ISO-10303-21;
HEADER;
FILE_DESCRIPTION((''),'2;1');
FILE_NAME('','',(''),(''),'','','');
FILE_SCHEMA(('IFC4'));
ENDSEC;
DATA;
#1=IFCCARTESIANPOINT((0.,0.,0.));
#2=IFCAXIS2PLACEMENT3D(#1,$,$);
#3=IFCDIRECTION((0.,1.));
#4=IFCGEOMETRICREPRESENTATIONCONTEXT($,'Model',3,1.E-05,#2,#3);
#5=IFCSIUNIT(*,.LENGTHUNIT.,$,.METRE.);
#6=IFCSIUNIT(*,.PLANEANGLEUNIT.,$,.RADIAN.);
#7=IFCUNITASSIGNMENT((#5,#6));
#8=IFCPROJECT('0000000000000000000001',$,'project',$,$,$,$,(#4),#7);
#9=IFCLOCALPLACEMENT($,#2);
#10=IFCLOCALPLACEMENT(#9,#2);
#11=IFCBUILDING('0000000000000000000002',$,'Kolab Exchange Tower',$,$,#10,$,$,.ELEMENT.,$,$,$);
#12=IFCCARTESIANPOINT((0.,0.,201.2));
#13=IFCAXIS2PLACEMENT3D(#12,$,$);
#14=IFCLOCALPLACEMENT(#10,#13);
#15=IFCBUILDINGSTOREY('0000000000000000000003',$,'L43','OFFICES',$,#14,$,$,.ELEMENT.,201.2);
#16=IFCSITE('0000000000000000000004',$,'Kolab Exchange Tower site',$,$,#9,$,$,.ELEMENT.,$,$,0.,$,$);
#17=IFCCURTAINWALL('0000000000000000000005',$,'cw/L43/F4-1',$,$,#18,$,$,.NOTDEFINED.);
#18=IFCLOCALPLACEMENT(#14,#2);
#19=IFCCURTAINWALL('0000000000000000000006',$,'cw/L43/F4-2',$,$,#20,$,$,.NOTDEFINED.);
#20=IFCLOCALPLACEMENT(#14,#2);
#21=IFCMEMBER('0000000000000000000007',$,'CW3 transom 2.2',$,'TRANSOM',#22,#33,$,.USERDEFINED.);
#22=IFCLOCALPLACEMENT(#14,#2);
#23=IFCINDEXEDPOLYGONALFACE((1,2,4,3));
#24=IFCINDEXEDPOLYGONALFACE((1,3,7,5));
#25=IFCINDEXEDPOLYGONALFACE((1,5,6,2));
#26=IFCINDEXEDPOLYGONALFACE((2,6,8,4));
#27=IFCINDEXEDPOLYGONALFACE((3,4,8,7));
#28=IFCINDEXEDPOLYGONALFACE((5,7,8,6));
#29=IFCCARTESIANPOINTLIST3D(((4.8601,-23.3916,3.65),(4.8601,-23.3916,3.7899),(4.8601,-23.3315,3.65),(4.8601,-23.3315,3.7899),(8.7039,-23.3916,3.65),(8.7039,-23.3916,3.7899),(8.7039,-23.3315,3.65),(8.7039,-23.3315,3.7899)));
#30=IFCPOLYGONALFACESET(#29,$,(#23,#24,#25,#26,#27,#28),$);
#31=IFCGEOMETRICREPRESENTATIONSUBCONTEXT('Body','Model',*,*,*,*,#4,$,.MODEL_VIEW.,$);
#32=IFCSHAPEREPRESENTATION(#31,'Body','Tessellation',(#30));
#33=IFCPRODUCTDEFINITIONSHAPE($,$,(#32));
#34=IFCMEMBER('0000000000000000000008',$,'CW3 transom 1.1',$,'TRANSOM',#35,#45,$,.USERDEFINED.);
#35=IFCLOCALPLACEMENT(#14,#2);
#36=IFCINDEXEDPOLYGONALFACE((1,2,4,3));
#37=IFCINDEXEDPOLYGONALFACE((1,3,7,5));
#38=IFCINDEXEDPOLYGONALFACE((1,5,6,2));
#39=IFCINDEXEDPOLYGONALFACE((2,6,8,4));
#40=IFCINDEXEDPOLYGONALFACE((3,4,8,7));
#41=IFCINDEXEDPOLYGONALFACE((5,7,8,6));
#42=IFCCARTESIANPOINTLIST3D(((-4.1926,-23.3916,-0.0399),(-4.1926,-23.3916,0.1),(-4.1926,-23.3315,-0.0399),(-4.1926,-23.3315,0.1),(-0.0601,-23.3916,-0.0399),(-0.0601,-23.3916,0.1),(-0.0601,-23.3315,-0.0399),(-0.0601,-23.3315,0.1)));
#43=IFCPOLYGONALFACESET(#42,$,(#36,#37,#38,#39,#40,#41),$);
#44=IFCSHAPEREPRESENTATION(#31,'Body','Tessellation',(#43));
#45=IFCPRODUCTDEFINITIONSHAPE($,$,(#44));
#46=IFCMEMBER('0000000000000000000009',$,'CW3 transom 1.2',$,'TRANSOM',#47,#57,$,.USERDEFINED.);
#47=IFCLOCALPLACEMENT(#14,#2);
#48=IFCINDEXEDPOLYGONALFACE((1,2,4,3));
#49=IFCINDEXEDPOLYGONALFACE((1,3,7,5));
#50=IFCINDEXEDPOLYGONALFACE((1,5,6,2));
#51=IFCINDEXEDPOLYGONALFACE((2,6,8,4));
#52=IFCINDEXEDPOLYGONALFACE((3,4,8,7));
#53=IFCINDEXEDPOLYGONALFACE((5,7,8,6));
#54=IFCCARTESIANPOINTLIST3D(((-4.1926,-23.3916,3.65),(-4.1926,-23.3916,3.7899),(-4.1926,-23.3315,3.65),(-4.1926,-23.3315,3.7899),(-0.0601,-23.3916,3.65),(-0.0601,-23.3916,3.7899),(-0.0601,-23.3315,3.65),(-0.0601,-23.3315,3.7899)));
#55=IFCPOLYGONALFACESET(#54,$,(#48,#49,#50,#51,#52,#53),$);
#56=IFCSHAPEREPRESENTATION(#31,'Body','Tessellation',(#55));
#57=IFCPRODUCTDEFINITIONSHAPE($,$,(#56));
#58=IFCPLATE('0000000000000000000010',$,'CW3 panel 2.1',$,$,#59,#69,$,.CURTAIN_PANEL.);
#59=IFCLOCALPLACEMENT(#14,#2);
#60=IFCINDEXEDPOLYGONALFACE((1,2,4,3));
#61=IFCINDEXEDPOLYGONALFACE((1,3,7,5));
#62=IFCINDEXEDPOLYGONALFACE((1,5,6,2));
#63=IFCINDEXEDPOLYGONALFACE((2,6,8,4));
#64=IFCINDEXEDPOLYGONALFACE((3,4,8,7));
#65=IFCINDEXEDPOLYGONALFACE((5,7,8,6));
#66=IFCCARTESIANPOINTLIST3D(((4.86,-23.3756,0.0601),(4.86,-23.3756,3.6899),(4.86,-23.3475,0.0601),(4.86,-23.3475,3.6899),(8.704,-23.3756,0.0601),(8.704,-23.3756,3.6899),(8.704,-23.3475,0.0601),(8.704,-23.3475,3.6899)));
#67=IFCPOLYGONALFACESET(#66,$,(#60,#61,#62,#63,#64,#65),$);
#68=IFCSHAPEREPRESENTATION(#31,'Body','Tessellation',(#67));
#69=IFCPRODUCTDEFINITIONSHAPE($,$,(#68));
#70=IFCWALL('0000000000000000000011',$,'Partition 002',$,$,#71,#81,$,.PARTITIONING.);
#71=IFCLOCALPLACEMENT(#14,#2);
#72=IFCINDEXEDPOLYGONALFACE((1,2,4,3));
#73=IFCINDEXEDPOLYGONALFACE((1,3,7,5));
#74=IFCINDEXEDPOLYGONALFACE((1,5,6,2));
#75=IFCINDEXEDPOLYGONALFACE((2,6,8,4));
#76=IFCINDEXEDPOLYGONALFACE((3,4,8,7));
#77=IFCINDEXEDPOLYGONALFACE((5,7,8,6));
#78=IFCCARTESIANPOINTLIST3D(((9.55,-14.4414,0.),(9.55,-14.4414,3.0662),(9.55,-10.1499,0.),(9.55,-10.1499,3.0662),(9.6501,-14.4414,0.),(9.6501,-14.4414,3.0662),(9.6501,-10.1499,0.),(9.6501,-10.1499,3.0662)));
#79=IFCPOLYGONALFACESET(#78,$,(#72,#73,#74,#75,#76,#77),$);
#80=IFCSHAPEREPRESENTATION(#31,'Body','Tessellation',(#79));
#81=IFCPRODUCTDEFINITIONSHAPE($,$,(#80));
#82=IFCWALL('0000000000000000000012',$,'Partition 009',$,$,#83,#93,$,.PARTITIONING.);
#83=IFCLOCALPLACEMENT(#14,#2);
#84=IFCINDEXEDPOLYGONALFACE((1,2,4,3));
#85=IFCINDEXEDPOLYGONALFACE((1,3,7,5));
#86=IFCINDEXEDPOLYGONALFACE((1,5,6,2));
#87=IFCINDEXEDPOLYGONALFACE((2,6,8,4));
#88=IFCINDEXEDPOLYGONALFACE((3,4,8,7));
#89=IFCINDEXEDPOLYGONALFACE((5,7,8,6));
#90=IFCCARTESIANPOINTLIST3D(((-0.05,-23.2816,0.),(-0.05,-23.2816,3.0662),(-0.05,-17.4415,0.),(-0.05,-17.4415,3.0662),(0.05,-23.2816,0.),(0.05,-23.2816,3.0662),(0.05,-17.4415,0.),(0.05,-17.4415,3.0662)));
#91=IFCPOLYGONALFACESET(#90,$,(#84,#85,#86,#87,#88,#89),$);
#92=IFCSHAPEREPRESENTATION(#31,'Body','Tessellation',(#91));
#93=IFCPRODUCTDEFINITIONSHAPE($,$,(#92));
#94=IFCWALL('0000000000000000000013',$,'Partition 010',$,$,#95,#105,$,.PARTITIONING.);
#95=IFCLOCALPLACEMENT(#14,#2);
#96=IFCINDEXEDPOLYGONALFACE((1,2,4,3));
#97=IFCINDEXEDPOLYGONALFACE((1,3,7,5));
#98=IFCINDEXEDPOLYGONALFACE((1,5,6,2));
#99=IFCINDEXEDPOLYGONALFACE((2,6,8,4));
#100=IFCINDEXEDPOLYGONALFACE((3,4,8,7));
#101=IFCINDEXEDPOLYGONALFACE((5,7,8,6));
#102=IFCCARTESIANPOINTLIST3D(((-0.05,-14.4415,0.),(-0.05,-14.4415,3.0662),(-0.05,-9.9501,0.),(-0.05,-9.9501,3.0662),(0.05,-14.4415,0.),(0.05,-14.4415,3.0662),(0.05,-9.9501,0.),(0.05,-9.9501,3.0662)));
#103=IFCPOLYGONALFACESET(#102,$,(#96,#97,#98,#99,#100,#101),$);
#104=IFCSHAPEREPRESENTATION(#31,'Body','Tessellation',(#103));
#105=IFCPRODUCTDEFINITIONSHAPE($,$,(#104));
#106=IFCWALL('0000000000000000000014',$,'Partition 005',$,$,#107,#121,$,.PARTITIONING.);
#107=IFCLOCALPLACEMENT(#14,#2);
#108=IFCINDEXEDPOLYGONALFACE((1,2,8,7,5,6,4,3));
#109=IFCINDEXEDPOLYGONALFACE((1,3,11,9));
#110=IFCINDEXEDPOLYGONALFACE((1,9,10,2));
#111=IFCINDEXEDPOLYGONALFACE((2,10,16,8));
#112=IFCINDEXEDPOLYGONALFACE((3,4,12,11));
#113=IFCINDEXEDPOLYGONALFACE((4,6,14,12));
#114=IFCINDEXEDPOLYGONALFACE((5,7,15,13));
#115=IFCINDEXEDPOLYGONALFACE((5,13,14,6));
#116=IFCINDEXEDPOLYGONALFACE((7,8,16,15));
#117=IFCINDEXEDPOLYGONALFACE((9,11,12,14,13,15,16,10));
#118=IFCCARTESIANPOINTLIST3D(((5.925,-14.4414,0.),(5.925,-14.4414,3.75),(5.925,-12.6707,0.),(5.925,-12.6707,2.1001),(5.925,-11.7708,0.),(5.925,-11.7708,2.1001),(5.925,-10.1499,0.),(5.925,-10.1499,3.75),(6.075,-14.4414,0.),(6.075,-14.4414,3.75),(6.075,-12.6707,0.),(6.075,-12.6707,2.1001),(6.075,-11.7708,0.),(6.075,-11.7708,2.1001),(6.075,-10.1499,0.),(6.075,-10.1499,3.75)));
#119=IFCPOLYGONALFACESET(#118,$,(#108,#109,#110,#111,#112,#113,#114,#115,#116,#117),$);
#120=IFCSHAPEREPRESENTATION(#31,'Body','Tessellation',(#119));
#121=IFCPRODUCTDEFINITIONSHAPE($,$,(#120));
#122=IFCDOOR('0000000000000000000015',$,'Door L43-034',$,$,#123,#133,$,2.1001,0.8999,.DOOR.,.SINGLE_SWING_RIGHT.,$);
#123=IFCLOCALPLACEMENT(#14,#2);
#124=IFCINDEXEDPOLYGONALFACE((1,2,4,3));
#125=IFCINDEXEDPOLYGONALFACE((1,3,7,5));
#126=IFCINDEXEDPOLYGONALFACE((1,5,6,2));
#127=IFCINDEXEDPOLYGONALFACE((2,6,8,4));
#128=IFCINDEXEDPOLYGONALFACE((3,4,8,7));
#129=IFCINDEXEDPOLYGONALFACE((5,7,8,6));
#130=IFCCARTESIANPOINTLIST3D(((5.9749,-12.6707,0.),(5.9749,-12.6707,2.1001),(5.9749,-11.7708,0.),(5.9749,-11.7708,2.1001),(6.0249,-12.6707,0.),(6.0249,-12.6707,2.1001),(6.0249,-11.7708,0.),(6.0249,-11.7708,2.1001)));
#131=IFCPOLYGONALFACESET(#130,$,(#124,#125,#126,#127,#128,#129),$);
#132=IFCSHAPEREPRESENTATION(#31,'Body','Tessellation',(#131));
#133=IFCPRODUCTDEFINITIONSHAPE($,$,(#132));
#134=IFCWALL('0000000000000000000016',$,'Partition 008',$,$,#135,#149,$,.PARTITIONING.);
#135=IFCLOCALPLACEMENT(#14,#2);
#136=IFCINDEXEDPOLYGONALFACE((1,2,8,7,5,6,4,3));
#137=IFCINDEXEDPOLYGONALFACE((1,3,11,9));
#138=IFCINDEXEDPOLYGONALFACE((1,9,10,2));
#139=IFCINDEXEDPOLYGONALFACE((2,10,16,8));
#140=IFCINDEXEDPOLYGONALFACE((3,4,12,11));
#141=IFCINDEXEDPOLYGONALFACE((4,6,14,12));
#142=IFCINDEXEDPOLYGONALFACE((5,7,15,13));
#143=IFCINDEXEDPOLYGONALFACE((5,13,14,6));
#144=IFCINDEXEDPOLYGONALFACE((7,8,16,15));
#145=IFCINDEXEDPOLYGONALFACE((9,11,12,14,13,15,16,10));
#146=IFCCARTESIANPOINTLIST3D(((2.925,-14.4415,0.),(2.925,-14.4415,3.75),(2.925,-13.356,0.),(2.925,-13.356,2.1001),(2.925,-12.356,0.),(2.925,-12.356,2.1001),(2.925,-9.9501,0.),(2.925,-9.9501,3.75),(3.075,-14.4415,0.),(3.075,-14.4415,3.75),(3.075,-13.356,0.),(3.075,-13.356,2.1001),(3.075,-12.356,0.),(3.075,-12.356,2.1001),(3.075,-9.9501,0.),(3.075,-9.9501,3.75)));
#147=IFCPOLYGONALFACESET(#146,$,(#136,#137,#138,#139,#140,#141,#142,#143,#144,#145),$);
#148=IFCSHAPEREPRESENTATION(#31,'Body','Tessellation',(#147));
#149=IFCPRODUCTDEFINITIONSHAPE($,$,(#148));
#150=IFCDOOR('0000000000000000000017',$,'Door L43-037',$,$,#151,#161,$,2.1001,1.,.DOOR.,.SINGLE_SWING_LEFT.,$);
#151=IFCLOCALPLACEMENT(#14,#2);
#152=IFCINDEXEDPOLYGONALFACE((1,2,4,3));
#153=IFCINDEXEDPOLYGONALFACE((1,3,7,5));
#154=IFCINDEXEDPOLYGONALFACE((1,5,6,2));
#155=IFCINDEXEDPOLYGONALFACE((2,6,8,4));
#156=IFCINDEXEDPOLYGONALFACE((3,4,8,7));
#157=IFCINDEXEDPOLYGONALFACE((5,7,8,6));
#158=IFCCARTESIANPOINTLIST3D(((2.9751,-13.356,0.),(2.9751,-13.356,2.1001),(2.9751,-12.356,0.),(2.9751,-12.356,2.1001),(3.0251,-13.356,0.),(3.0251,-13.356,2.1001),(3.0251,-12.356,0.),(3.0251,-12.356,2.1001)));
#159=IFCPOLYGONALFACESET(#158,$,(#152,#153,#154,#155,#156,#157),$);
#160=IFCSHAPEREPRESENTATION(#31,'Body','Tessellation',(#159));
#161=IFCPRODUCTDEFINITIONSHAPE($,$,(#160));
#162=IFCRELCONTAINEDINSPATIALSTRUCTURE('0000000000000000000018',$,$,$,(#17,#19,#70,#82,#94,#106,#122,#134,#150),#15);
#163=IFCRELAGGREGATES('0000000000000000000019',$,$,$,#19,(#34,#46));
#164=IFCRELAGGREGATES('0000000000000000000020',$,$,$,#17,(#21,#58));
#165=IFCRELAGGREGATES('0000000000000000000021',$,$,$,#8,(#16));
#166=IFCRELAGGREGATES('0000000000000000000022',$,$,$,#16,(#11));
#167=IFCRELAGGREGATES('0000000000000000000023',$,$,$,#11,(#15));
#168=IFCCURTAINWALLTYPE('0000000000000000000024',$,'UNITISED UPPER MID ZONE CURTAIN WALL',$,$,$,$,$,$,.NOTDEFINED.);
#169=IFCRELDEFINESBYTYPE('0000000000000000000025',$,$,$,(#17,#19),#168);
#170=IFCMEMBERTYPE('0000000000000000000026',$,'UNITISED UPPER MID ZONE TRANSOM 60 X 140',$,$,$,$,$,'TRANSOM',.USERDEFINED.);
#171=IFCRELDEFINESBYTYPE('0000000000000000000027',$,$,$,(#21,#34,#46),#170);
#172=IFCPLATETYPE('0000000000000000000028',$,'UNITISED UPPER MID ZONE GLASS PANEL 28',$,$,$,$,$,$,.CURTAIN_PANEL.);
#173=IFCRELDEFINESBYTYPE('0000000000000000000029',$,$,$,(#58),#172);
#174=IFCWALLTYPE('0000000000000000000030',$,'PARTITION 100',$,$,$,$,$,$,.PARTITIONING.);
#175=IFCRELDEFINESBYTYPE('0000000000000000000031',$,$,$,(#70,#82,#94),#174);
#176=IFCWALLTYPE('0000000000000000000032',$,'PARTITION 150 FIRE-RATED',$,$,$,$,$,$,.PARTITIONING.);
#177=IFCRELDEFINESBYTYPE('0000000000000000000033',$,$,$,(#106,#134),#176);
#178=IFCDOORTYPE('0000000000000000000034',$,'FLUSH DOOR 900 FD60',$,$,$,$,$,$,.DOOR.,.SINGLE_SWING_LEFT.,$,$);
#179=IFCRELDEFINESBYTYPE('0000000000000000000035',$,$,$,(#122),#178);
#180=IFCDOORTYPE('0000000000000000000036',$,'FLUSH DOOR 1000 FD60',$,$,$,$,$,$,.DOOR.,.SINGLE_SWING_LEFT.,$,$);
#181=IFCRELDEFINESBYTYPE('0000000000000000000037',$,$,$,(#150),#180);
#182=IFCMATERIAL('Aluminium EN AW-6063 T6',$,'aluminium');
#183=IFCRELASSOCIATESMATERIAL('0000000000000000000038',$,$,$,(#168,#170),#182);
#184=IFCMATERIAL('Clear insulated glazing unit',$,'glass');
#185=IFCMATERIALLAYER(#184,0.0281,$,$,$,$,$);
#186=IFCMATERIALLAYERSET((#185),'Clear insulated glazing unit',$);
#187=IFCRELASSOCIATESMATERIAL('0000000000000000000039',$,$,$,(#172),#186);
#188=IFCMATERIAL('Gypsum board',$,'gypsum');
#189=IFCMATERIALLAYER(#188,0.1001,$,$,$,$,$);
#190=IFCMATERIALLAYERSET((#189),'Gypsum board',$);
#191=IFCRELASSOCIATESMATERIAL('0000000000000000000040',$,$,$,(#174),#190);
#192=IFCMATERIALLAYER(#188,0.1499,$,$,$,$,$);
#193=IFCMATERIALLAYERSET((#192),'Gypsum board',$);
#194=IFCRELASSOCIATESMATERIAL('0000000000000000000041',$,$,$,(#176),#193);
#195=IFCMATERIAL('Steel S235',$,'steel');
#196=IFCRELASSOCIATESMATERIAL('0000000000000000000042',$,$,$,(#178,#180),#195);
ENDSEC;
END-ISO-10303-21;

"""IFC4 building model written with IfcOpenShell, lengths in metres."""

from ifc_helpers import new_model, si_unit, direction, frame, frame_2d, origin, origin_2d, place, context, subcontext, project, spatial, rectangle, extrude, material, layer, layer_set, material_profile, profile_set, type_object, element, fill, aggregate, save


model = new_model("IFC4")

# Units and contexts
model_context = context("Model", 3, precision=1e-05, world=origin(), true_north=direction((0.0, 1.0)))
body_context = subcontext(model_context, "Body", "Model", "MODEL_VIEW")
ifc_project = project(units=[si_unit("LENGTHUNIT", "METRE"), si_unit("PLANEANGLEUNIT", "RADIAN")], contexts=[model_context])

# Site, building, storey
site_placement = place(None, origin())
site = spatial("IfcSite", under=ifc_project, at=site_placement, Name="Kolab Exchange Tower site", CompositionType="ELEMENT", RefElevation=0.0)
building_placement = place(site_placement, origin())
building = spatial("IfcBuilding", under=site, at=building_placement, Name="Kolab Exchange Tower", CompositionType="ELEMENT")
storey_placement = place(building_placement, frame((0.0, 0.0, 201.2)))
storey = spatial("IfcBuildingStorey", under=building, at=storey_placement, Name="L43", Description="OFFICES", CompositionType="ELEMENT", Elevation=201.2)

# Curtain wall
ifc_material_1 = material(Name="Aluminium EN AW-6063 T6", Category="aluminium")
curtain_wall_type = type_object("IfcCurtainWallType", Name="UNITISED UPPER MID ZONE CURTAIN WALL", PredefinedType="NOTDEFINED", material=ifc_material_1)
curtain_wall_1_placement = place(storey_placement, origin())
curtain_wall_1 = element("IfcCurtainWall", 1, at=curtain_wall_1_placement, inside=storey, type_object=curtain_wall_type, Name="cw/L43/F4-1", PredefinedType="NOTDEFINED")

# Curtain wall
curtain_wall_2_placement = place(storey_placement, origin())
curtain_wall_2 = element("IfcCurtainWall", 2, at=curtain_wall_2_placement, inside=storey, type_object=curtain_wall_type, Name="cw/L43/F4-2", PredefinedType="NOTDEFINED")

# Members
ifc_material_profile_1 = material_profile(ifc_material_1, rectangle(XDim=0.0601, YDim=0.1399, at=origin_2d()), Name="RECT 60X140")
ifc_profile_set_1 = profile_set([ifc_material_profile_1], Name="Aluminium EN AW-6063 T6")
member_type_1 = type_object("IfcMemberType", Name="UNITISED UPPER MID ZONE TRANSOM 60 X 140", ElementType="TRANSOM", PredefinedType="USERDEFINED", material=ifc_profile_set_1)
member_1_placement = place(storey_placement, frame((8.7039, -23.3616, 3.72), z_axis=(-1.0, 0.0, 0.0), x_axis=(0.0, -1.0, 0.0)))
member_1 = element("IfcMember", 3, at=member_1_placement, type_object=member_type_1, Name="CW3 transom 2.2", ObjectType="TRANSOM", PredefinedType="USERDEFINED", context=body_context, shape_type="SweptSolid", body=[
    extrude(rectangle(XDim=0.0601, YDim=0.1399, at=origin_2d()), origin(), (0.0, 0.0, 1.0), 3.8438),
])
member_2_placement = place(storey_placement, frame((-0.0601, -23.3616, 0.03), z_axis=(-1.0, 0.0, 0.0), x_axis=(0.0, -1.0, 0.0)))
member_2 = element("IfcMember", 4, at=member_2_placement, type_object=member_type_1, Name="CW3 transom 1.1", ObjectType="TRANSOM", PredefinedType="USERDEFINED", context=body_context, shape_type="SweptSolid", body=[
    extrude(rectangle(XDim=0.0601, YDim=0.1399, at=origin_2d()), origin(), (0.0, 0.0, 1.0), 4.1326),
])
member_3_placement = place(storey_placement, frame((-0.0601, -23.3616, 3.72), z_axis=(-1.0, 0.0, 0.0), x_axis=(0.0, -1.0, 0.0)))
member_3 = element("IfcMember", 5, at=member_3_placement, type_object=member_type_1, Name="CW3 transom 1.2", ObjectType="TRANSOM", PredefinedType="USERDEFINED", context=body_context, shape_type="SweptSolid", body=[
    extrude(rectangle(XDim=0.0601, YDim=0.1399, at=origin_2d()), origin(), (0.0, 0.0, 1.0), 4.1326),
])
aggregate(curtain_wall_2, [member_2, member_3])

# Plate
ifc_material_2 = material(Name="Clear insulated glazing unit", Category="glass")
ifc_layer_1 = layer(ifc_material_2, 0.0281)
ifc_layer_set_1 = layer_set([ifc_layer_1], Name="Clear insulated glazing unit")
plate_type = type_object("IfcPlateType", Name="UNITISED UPPER MID ZONE GLASS PANEL 28", PredefinedType="CURTAIN_PANEL", material=ifc_layer_set_1)
plate_placement = place(storey_placement, frame((6.782, -23.3616, 0.0601), z_axis=(0.0, 0.0, 1.0), x_axis=(-1.0, 0.0, 0.0)))
plate = element("IfcPlate", 6, at=plate_placement, type_object=plate_type, Name="CW3 panel 2.1", PredefinedType="CURTAIN_PANEL", context=body_context, shape_type="SweptSolid", body=[
    extrude(rectangle(XDim=3.844, YDim=0.0281, at=origin_2d()), origin(), (0.0, 0.0, 1.0), 3.6299),
])
aggregate(curtain_wall_1, [member_1, plate])

# Walls
ifc_material_3 = material(Name="Gypsum board", Category="gypsum")
ifc_layer_2 = layer(ifc_material_3, 0.1001)
ifc_layer_set_2 = layer_set([ifc_layer_2], Name="Gypsum board")
wall_type_1 = type_object("IfcWallType", Name="PARTITION 100", PredefinedType="PARTITIONING", material=ifc_layer_set_2)
wall_1_placement = place(storey_placement, frame((9.6001, -14.4414, 0.0), z_axis=(0.0, 0.0, 1.0), x_axis=(0.0, 1.0, 0.0)))
element("IfcWall", 7, at=wall_1_placement, inside=storey, type_object=wall_type_1, Name="Partition 002", PredefinedType="PARTITIONING", context=body_context, shape_type="SweptSolid", body=[
    extrude(rectangle(XDim=4.2915, YDim=0.1001, at=frame_2d((2.1458, 0.0))), origin(), (0.0, 0.0, 1.0), 3.0662),
])
wall_2_placement = place(storey_placement, frame((0.0, -23.2815, 0.0), z_axis=(0.0, 0.0, 1.0), x_axis=(0.0, 1.0, 0.0)))
element("IfcWall", 8, at=wall_2_placement, inside=storey, type_object=wall_type_1, Name="Partition 009", PredefinedType="PARTITIONING", context=body_context, shape_type="SweptSolid", body=[
    extrude(rectangle(XDim=5.8401, YDim=0.1001, at=frame_2d((2.9199, 0.0))), origin(), (0.0, 0.0, 1.0), 3.0662),
])
wall_3_placement = place(storey_placement, frame((0.0, -14.4414, 0.0), z_axis=(0.0, 0.0, 1.0), x_axis=(0.0, 1.0, 0.0)))
element("IfcWall", 9, at=wall_3_placement, inside=storey, type_object=wall_type_1, Name="Partition 010", PredefinedType="PARTITIONING", context=body_context, shape_type="SweptSolid", body=[
    extrude(rectangle(XDim=4.4915, YDim=0.1001, at=frame_2d((2.2456, 0.0))), origin(), (0.0, 0.0, 1.0), 3.0662),
])

# Walls, openings, doors
ifc_layer_3 = layer(ifc_material_3, 0.1499)
ifc_layer_set_3 = layer_set([ifc_layer_3], Name="Gypsum board")
wall_type_2 = type_object("IfcWallType", Name="PARTITION 150 FIRE-RATED", PredefinedType="PARTITIONING", material=ifc_layer_set_3)
wall_4_placement = place(storey_placement, frame((6.0, -14.4414, 0.0), z_axis=(0.0, 0.0, 1.0), x_axis=(0.0, 1.0, 0.0)))
wall_4 = element("IfcWall", 10, at=wall_4_placement, inside=storey, type_object=wall_type_2, Name="Partition 005", PredefinedType="PARTITIONING", context=body_context, shape_type="SweptSolid", body=[
    extrude(rectangle(XDim=4.2915, YDim=0.1499, at=frame_2d((2.1458, 0.0))), origin(), (0.0, 0.0, 1.0), 3.75),
])
opening_1_placement = place(wall_4_placement, frame((1.7708, 0.0, 0.0)))
opening_1 = element("IfcOpeningElement", 11, at=opening_1_placement, cuts=wall_4, PredefinedType="OPENING", context=body_context, shape_type="SweptSolid", body=[
    extrude(rectangle(XDim=0.8999, YDim=2.1001, at=frame_2d((0.45, 1.05))), frame((0.0, 0.085, 0.0), z_axis=(0.0, -1.0, 0.0), x_axis=(1.0, 0.0, 0.0)), (0.0, 0.0, 1.0), 0.1699),
])
ifc_material_4 = material(Name="Steel S235", Category="steel")
door_type_1 = type_object("IfcDoorType", Name="FLUSH DOOR 900 FD60", OperationType="SINGLE_SWING_LEFT", PredefinedType="DOOR", material=ifc_material_4)
door_1_placement = place(opening_1_placement, frame((0.8999, 0.0, 0.0), z_axis=(0.0, 0.0, 1.0), x_axis=(-1.0, 0.0, 0.0)))
door_1 = element("IfcDoor", 12, at=door_1_placement, inside=storey, type_object=door_type_1, Name="Door L43-034", OperationType="SINGLE_SWING_RIGHT", OverallHeight=2.1001, OverallWidth=0.8999, PredefinedType="DOOR", context=body_context, shape_type="SweptSolid", body=[
    extrude(rectangle(XDim=0.8999, YDim=2.1001, at=frame_2d((0.45, 1.05))), frame((0.0, 0.0249, 0.0), z_axis=(0.0, -1.0, 0.0), x_axis=(1.0, 0.0, 0.0)), (0.0, 0.0, 1.0), 0.05),
])
fill(opening_1, door_1)
wall_5_placement = place(storey_placement, frame((3.0, -14.4414, 0.0), z_axis=(0.0, 0.0, 1.0), x_axis=(0.0, 1.0, 0.0)))
wall_5 = element("IfcWall", 13, at=wall_5_placement, inside=storey, type_object=wall_type_2, Name="Partition 008", PredefinedType="PARTITIONING", context=body_context, shape_type="SweptSolid", body=[
    extrude(rectangle(XDim=4.4915, YDim=0.1499, at=frame_2d((2.2456, 0.0))), origin(), (0.0, 0.0, 1.0), 3.75),
])
opening_2_placement = place(wall_5_placement, frame((1.0854, 0.0, 0.0)))
opening_2 = element("IfcOpeningElement", 14, at=opening_2_placement, cuts=wall_5, PredefinedType="OPENING", context=body_context, shape_type="SweptSolid", body=[
    extrude(rectangle(XDim=1.0, YDim=2.1001, at=frame_2d((0.5, 1.05))), frame((0.0, 0.085, 0.0), z_axis=(0.0, -1.0, 0.0), x_axis=(1.0, 0.0, 0.0)), (0.0, 0.0, 1.0), 0.1699),
])
door_type_2 = type_object("IfcDoorType", Name="FLUSH DOOR 1000 FD60", OperationType="SINGLE_SWING_LEFT", PredefinedType="DOOR", material=ifc_material_4)
door_2_placement = place(opening_2_placement, origin())
door_2 = element("IfcDoor", 15, at=door_2_placement, inside=storey, type_object=door_type_2, Name="Door L43-037", OperationType="SINGLE_SWING_LEFT", OverallHeight=2.1001, OverallWidth=1.0, PredefinedType="DOOR", context=body_context, shape_type="SweptSolid", body=[
    extrude(rectangle(XDim=1.0, YDim=2.1001, at=frame_2d((0.5, 1.05))), frame((0.0, 0.0249, 0.0), z_axis=(0.0, -1.0, 0.0), x_axis=(1.0, 0.0, 0.0)), (0.0, 0.0, 1.0), 0.05),
])
fill(opening_2, door_2)

save(model, "model.ifc")
